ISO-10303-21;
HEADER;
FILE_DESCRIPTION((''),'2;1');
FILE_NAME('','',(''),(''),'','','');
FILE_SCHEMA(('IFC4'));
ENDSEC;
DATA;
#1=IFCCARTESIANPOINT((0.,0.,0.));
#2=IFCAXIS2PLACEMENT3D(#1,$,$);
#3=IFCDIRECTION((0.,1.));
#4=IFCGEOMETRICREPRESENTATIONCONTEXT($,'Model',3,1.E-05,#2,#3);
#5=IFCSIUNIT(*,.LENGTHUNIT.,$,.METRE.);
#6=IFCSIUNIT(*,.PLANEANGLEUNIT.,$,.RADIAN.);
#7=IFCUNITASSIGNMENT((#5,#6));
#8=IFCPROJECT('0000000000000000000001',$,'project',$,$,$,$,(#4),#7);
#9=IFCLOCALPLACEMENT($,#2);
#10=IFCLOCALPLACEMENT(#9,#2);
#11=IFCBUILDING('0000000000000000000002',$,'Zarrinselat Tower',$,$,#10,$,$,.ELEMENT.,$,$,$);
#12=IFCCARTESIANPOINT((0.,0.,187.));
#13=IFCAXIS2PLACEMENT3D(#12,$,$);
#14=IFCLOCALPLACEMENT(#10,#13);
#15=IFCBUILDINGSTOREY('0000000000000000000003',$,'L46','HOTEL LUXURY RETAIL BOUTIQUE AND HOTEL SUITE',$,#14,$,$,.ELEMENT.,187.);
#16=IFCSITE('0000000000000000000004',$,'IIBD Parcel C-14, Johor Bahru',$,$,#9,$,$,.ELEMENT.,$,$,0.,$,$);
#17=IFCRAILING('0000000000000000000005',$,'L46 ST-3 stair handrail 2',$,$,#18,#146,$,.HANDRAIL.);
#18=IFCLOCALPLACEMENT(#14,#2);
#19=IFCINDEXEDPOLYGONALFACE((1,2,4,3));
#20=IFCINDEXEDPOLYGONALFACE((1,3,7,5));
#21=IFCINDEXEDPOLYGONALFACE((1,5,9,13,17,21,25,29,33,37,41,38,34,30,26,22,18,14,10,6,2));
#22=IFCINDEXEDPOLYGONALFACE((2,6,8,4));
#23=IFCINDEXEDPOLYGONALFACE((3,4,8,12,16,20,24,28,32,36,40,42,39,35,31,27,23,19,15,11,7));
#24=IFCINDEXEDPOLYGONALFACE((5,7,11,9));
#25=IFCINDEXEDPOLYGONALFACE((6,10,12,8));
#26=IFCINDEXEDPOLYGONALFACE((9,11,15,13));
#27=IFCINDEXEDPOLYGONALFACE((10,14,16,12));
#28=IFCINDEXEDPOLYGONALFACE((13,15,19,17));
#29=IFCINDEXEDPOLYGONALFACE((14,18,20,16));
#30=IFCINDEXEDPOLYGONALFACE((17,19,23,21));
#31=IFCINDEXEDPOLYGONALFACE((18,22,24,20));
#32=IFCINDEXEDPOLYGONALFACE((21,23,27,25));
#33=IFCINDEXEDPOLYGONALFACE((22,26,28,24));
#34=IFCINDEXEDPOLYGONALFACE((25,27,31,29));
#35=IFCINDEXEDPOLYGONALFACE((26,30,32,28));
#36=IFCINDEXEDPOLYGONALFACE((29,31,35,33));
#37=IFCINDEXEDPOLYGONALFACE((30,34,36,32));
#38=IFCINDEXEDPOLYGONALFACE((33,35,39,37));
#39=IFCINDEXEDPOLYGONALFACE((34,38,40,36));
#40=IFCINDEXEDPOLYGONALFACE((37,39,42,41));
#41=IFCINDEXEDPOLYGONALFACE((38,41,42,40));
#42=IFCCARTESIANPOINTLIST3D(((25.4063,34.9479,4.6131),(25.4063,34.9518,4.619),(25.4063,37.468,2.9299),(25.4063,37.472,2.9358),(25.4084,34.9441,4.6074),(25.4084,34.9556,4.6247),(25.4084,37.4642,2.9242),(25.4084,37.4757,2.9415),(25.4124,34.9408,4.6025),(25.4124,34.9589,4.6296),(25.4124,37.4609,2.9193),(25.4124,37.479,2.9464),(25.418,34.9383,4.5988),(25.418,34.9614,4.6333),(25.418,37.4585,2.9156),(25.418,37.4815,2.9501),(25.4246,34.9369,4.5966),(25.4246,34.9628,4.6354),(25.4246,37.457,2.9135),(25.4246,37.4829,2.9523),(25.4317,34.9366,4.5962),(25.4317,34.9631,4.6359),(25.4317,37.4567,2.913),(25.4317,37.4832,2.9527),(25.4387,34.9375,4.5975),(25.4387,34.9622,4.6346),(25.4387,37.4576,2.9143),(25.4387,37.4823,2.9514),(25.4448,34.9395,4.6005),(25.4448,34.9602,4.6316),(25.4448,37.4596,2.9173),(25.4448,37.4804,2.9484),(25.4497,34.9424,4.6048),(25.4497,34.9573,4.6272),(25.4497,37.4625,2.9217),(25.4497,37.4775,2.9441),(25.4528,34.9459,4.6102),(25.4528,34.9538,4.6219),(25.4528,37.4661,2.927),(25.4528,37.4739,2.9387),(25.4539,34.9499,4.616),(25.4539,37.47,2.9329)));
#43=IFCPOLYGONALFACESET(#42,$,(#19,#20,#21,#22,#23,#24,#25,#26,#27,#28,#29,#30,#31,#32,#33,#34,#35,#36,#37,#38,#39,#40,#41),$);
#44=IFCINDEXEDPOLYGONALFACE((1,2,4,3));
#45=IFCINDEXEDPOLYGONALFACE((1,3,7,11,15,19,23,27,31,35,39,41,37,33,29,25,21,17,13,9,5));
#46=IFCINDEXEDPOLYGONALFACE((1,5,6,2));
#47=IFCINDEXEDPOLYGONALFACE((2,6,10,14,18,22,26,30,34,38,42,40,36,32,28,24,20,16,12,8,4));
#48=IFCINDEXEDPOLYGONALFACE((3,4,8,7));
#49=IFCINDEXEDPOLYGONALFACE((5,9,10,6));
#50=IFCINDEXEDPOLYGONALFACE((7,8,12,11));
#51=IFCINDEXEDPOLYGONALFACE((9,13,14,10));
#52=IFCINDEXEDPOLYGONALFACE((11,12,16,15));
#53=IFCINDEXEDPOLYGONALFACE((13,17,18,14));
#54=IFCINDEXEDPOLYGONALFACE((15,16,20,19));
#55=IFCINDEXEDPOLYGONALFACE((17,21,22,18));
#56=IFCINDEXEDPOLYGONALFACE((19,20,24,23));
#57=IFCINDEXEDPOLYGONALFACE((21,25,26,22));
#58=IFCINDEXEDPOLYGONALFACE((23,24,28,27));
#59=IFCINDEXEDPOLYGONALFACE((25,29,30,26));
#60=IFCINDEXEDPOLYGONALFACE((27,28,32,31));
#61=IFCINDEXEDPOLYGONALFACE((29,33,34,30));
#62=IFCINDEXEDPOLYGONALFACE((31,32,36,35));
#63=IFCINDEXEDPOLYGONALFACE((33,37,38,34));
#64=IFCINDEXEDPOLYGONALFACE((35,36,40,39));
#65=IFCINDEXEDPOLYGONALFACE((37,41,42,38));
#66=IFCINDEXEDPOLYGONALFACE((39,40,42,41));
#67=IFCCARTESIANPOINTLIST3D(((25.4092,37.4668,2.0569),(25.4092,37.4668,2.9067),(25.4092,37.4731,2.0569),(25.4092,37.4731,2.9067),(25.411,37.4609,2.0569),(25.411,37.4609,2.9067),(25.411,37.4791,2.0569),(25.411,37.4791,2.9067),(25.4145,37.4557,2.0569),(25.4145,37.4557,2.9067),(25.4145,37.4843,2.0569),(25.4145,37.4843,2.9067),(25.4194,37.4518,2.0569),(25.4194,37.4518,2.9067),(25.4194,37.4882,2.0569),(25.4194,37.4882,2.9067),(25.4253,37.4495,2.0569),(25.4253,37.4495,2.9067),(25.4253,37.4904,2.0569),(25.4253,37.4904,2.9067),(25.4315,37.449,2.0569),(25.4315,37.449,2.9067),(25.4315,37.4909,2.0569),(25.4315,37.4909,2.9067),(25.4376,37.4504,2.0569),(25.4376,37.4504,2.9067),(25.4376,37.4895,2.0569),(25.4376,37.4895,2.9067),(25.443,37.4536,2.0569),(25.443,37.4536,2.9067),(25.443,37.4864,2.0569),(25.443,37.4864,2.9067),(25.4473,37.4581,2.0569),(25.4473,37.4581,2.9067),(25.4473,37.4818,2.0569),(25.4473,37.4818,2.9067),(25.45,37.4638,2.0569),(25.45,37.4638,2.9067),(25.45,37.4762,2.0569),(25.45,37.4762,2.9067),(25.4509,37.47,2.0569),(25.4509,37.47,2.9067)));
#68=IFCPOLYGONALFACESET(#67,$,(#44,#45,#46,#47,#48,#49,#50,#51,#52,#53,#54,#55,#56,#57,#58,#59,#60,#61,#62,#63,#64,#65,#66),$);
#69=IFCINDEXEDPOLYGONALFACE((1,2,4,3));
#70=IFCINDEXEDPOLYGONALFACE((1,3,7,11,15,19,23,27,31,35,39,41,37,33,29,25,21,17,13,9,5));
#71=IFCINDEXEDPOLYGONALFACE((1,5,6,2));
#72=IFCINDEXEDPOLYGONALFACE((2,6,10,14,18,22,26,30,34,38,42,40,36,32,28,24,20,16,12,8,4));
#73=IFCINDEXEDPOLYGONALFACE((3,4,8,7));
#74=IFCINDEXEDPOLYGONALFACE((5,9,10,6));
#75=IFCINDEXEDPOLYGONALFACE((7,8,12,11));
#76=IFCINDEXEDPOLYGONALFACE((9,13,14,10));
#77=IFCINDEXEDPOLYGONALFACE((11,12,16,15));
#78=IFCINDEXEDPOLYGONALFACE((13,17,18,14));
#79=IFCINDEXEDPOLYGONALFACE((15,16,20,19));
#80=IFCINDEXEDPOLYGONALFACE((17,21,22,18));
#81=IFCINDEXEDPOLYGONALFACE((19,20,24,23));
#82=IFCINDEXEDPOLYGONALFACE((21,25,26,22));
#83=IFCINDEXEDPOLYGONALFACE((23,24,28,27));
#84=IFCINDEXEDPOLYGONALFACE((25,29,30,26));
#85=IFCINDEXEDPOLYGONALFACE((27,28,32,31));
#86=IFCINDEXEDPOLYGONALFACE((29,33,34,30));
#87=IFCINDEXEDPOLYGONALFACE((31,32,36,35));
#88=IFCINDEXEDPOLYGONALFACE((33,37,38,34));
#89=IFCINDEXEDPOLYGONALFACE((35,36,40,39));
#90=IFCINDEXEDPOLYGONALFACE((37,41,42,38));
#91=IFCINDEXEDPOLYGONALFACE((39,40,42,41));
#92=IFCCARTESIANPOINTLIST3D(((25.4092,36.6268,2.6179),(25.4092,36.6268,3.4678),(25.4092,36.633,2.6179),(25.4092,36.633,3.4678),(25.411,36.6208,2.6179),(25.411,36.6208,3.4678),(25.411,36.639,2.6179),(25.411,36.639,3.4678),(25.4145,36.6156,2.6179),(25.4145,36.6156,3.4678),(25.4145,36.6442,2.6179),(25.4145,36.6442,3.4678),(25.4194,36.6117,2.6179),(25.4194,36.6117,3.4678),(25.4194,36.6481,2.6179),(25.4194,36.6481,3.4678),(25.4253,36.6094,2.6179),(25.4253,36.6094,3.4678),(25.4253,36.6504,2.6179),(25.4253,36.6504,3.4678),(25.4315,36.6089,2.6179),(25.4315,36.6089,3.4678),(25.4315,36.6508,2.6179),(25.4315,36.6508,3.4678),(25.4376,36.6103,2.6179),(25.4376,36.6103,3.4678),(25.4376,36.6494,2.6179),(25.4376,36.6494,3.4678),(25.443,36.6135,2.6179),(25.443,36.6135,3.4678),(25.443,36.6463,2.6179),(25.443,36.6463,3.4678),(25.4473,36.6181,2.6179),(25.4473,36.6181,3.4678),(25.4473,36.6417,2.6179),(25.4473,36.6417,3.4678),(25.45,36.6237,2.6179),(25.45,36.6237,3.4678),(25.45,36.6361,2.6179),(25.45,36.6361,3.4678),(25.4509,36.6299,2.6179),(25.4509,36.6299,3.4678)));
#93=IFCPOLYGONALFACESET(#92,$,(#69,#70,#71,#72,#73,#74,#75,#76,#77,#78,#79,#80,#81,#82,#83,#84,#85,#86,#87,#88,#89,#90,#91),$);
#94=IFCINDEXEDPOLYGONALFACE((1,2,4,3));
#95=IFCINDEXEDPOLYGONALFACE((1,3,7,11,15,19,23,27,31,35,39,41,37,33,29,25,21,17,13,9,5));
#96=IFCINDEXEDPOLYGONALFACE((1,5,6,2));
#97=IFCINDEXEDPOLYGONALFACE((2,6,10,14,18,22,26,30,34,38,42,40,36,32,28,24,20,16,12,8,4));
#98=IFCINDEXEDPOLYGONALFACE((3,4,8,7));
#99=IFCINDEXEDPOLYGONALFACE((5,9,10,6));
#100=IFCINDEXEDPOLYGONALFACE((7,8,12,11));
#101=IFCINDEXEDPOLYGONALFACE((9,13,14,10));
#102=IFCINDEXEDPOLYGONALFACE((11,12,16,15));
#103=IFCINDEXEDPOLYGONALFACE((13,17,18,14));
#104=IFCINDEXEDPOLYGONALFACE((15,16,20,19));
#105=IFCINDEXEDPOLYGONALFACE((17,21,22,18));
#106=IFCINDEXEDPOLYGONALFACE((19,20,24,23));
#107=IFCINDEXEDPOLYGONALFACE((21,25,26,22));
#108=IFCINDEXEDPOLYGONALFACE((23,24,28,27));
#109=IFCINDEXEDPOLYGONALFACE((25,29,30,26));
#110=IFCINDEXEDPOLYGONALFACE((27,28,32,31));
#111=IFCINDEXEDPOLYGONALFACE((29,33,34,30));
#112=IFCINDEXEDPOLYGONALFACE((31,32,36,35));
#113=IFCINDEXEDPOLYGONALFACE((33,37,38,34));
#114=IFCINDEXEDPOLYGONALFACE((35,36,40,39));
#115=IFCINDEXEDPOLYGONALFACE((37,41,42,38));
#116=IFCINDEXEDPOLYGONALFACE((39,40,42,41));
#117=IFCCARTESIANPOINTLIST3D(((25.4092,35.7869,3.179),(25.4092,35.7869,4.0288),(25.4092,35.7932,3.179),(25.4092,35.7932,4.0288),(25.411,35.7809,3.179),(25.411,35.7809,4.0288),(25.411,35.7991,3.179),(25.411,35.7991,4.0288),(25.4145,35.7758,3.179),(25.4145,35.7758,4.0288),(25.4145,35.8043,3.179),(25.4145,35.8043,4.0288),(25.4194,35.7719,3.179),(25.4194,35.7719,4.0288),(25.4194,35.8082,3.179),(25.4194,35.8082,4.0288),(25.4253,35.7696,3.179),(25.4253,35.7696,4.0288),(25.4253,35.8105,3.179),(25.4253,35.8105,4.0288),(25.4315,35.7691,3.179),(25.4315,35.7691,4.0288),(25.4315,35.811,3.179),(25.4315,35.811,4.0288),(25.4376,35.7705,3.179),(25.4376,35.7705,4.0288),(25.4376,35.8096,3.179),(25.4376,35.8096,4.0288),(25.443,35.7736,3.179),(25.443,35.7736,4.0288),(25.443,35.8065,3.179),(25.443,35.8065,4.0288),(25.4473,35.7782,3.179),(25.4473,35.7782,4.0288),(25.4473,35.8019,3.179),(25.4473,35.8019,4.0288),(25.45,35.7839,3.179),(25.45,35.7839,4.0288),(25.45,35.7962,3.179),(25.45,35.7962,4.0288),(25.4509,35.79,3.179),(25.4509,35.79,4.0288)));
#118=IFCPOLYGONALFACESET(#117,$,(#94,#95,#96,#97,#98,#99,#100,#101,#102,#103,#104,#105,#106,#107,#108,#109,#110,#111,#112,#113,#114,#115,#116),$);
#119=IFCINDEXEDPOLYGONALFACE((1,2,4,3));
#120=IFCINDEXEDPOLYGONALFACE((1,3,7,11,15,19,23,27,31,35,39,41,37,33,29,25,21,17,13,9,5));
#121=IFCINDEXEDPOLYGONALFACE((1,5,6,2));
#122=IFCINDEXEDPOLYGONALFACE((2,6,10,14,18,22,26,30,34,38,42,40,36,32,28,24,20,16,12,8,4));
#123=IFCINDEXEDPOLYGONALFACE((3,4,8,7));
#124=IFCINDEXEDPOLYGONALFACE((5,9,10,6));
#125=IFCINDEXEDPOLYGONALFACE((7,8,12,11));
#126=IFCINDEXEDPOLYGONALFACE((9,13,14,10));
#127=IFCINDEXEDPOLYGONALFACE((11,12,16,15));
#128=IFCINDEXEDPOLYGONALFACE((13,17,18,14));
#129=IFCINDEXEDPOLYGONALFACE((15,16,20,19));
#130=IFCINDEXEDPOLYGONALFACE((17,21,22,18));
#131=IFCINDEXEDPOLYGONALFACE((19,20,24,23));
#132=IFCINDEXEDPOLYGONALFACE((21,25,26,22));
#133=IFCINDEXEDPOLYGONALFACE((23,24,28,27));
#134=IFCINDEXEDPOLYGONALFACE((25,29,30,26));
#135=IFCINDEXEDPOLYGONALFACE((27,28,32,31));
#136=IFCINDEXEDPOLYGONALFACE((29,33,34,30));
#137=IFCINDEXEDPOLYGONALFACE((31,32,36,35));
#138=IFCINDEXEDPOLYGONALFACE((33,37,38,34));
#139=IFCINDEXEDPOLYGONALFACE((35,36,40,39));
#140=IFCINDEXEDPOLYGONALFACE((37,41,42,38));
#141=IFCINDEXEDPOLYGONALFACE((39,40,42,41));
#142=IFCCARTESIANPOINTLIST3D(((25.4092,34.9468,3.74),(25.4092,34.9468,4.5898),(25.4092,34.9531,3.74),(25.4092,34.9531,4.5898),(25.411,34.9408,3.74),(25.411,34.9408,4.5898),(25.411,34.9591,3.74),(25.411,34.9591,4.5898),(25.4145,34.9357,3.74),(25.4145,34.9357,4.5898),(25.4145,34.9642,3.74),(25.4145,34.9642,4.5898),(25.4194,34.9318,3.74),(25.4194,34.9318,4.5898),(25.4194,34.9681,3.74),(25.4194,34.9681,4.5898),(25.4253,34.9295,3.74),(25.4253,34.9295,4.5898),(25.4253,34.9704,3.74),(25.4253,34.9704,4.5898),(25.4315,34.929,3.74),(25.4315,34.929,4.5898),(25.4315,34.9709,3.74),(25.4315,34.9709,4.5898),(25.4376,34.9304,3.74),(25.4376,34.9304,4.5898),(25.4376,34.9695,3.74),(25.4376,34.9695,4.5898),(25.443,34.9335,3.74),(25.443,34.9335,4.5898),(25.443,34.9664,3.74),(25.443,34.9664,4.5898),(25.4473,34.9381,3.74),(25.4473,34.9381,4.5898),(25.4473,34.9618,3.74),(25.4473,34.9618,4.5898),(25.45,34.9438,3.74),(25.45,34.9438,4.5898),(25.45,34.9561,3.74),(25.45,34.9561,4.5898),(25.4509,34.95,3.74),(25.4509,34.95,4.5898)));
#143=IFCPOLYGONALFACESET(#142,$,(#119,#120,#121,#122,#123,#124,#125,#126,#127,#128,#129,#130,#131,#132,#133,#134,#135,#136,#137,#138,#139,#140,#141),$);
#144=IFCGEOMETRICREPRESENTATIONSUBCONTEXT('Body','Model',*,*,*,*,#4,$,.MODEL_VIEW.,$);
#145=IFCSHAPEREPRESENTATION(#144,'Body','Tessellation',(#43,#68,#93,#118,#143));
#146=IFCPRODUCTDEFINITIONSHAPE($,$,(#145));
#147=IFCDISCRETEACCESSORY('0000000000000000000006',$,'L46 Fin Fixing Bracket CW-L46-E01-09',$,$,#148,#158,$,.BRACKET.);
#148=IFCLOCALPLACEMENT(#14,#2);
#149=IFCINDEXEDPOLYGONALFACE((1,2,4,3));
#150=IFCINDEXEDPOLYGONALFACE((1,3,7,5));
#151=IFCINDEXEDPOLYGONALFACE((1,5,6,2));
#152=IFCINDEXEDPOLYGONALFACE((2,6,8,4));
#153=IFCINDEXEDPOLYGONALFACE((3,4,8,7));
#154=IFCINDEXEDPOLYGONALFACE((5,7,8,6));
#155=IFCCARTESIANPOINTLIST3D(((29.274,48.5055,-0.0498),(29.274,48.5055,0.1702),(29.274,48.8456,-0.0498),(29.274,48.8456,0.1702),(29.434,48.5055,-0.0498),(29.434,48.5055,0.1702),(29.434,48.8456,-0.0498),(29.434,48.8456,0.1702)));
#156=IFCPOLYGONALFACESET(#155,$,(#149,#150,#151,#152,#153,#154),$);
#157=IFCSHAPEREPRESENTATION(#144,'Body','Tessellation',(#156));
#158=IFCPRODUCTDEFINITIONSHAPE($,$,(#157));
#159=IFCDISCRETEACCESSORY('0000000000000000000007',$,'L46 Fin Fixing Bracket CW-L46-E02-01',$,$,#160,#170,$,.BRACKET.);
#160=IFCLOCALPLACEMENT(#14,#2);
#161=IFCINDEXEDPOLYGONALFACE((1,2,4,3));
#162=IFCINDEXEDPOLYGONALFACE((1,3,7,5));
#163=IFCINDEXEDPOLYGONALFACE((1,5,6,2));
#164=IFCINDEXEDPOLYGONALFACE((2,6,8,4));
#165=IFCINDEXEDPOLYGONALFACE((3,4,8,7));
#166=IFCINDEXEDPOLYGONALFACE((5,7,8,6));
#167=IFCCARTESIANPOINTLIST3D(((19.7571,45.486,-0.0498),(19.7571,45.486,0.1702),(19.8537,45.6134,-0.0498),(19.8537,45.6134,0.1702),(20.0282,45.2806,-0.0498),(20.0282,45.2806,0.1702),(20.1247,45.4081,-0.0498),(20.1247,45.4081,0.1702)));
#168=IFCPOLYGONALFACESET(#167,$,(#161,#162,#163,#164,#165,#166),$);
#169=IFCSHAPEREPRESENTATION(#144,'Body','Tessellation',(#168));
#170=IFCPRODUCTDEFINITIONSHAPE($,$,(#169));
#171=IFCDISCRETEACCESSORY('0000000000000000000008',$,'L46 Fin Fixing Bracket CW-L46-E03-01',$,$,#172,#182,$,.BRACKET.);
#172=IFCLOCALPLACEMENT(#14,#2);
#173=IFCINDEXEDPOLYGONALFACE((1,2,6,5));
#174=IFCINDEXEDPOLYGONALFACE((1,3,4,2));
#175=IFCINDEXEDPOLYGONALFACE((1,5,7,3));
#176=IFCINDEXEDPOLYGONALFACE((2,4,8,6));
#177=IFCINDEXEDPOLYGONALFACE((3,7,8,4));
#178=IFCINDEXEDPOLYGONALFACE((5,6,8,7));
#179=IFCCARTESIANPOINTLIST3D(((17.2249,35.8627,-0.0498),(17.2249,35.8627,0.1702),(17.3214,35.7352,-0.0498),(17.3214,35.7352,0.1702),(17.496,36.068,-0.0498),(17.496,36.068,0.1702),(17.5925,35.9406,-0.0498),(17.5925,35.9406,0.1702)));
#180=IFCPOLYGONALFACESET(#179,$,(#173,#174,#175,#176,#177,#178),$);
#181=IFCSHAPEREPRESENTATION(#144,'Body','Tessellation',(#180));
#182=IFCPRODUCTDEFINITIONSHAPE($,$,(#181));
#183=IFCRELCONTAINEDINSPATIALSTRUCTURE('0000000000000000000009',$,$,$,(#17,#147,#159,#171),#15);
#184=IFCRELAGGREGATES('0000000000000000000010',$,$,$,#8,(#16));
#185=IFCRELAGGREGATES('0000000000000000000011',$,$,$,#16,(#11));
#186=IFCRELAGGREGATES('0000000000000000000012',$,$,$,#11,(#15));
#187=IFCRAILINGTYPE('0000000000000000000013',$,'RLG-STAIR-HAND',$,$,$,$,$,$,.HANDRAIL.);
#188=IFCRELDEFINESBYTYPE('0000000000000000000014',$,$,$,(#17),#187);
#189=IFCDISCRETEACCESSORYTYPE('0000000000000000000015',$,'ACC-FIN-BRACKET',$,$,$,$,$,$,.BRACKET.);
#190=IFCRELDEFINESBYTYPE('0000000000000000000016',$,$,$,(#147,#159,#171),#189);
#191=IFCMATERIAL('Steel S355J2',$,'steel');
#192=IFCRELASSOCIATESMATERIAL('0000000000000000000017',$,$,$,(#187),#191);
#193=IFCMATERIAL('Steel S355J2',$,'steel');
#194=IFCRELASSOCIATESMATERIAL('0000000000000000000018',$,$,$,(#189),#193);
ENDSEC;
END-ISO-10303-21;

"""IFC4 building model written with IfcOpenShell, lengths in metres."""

from ifc_helpers import new_model, si_unit, direction, frame, origin, origin_2d, place, context, subcontext, project, spatial, rectangle, circle, extrude, material, type_object, element, save


model = new_model("IFC4")

# Units and contexts
model_context = context("Model", 3, precision=1e-05, world=origin(), true_north=direction((0.0, 1.0)))
body_context = subcontext(model_context, "Body", "Model", "MODEL_VIEW")
ifc_project = project(units=[si_unit("LENGTHUNIT", "METRE"), si_unit("PLANEANGLEUNIT", "RADIAN")], contexts=[model_context])

# Site, building, storey
site_placement = place(None, origin())
site = spatial("IfcSite", under=ifc_project, at=site_placement, Name="IIBD Parcel C-14, Johor Bahru", CompositionType="ELEMENT", RefElevation=0.0)
building_placement = place(site_placement, origin())
building = spatial("IfcBuilding", under=site, at=building_placement, Name="Zarrinselat Tower", CompositionType="ELEMENT")
storey_placement = place(building_placement, frame((0.0, 0.0, 187.0)))
storey = spatial("IfcBuildingStorey", under=building, at=storey_placement, Name="L46", Description="HOTEL LUXURY RETAIL BOUTIQUE AND HOTEL SUITE", CompositionType="ELEMENT", Elevation=187.0)

# Railing
ifc_material_1 = material(Name="Steel S355J2", Category="steel")
railing_type_1 = type_object("IfcRailingType", Name="RLG-STAIR-HAND", PredefinedType="HANDRAIL", material=ifc_material_1)
railing_1_placement = place(storey_placement, frame((25.4299, 37.47, 2.0569)))
element("IfcRailing", 1, at=railing_1_placement, inside=storey, type_object=railing_type_1, Name="L46 ST-3 stair handrail 2", PredefinedType="HANDRAIL", context=body_context, shape_type="SweptSolid", body=[
    extrude(circle(Radius=0.0239, at=origin_2d()), frame((0.0, 0.0, 0.876), z_axis=(0.0, -0.831579, 0.555406), x_axis=(1.0, 0.0, 0.0)), (0.0, 0.0, 1.0), 3.0305),
    extrude(circle(Radius=0.021, at=origin_2d()), origin(), (0.0, 0.0, 1.0), 0.8499),
    extrude(circle(Radius=0.021, at=origin_2d()), frame((0.0, -0.8401, 0.561)), (0.0, 0.0, 1.0), 0.8499),
    extrude(circle(Radius=0.021, at=origin_2d()), frame((0.0, -1.6799, 1.1221)), (0.0, 0.0, 1.0), 0.8499),
    extrude(circle(Radius=0.021, at=origin_2d()), frame((0.0, -2.52, 1.6831)), (0.0, 0.0, 1.0), 0.8499),
])

# Discrete accessories
ifc_material_2 = material(Name="Steel S355J2", Category="steel")
discrete_accessory_type = type_object("IfcDiscreteAccessoryType", Name="ACC-FIN-BRACKET", PredefinedType="BRACKET", material=ifc_material_2)
for number, where, z_axis, x_axis, name in (
    (2, (29.354, 48.6755, -0.0498), (0.0, 0.0, 1.0), (0.0, 1.0, 0.0), "L46 Fin Fixing Bracket CW-L46-E01-09"),
    (3, (19.9409, 45.447, -0.0498), (0.0, 0.0, 1.0), (-0.797095, 0.603854, 0.0), "L46 Fin Fixing Bracket CW-L46-E02-01"),
    (4, (17.4087, 35.9016, -0.0498), (0.0, 0.0, 1.0), (-0.797093, -0.603857, 0.0), "L46 Fin Fixing Bracket CW-L46-E03-01"),
):
    element("IfcDiscreteAccessory", number, at=place(storey_placement, frame(where, z_axis=z_axis, x_axis=x_axis)), inside=storey, type_object=discrete_accessory_type, Name=name, PredefinedType="BRACKET", context=body_context, shape_type="SweptSolid", body=[
        extrude(rectangle(XDim=0.3401, YDim=0.1599, at=origin_2d()), origin(), (0.0, 0.0, 1.0), 0.22),
    ])

save(model, "model.ifc")
